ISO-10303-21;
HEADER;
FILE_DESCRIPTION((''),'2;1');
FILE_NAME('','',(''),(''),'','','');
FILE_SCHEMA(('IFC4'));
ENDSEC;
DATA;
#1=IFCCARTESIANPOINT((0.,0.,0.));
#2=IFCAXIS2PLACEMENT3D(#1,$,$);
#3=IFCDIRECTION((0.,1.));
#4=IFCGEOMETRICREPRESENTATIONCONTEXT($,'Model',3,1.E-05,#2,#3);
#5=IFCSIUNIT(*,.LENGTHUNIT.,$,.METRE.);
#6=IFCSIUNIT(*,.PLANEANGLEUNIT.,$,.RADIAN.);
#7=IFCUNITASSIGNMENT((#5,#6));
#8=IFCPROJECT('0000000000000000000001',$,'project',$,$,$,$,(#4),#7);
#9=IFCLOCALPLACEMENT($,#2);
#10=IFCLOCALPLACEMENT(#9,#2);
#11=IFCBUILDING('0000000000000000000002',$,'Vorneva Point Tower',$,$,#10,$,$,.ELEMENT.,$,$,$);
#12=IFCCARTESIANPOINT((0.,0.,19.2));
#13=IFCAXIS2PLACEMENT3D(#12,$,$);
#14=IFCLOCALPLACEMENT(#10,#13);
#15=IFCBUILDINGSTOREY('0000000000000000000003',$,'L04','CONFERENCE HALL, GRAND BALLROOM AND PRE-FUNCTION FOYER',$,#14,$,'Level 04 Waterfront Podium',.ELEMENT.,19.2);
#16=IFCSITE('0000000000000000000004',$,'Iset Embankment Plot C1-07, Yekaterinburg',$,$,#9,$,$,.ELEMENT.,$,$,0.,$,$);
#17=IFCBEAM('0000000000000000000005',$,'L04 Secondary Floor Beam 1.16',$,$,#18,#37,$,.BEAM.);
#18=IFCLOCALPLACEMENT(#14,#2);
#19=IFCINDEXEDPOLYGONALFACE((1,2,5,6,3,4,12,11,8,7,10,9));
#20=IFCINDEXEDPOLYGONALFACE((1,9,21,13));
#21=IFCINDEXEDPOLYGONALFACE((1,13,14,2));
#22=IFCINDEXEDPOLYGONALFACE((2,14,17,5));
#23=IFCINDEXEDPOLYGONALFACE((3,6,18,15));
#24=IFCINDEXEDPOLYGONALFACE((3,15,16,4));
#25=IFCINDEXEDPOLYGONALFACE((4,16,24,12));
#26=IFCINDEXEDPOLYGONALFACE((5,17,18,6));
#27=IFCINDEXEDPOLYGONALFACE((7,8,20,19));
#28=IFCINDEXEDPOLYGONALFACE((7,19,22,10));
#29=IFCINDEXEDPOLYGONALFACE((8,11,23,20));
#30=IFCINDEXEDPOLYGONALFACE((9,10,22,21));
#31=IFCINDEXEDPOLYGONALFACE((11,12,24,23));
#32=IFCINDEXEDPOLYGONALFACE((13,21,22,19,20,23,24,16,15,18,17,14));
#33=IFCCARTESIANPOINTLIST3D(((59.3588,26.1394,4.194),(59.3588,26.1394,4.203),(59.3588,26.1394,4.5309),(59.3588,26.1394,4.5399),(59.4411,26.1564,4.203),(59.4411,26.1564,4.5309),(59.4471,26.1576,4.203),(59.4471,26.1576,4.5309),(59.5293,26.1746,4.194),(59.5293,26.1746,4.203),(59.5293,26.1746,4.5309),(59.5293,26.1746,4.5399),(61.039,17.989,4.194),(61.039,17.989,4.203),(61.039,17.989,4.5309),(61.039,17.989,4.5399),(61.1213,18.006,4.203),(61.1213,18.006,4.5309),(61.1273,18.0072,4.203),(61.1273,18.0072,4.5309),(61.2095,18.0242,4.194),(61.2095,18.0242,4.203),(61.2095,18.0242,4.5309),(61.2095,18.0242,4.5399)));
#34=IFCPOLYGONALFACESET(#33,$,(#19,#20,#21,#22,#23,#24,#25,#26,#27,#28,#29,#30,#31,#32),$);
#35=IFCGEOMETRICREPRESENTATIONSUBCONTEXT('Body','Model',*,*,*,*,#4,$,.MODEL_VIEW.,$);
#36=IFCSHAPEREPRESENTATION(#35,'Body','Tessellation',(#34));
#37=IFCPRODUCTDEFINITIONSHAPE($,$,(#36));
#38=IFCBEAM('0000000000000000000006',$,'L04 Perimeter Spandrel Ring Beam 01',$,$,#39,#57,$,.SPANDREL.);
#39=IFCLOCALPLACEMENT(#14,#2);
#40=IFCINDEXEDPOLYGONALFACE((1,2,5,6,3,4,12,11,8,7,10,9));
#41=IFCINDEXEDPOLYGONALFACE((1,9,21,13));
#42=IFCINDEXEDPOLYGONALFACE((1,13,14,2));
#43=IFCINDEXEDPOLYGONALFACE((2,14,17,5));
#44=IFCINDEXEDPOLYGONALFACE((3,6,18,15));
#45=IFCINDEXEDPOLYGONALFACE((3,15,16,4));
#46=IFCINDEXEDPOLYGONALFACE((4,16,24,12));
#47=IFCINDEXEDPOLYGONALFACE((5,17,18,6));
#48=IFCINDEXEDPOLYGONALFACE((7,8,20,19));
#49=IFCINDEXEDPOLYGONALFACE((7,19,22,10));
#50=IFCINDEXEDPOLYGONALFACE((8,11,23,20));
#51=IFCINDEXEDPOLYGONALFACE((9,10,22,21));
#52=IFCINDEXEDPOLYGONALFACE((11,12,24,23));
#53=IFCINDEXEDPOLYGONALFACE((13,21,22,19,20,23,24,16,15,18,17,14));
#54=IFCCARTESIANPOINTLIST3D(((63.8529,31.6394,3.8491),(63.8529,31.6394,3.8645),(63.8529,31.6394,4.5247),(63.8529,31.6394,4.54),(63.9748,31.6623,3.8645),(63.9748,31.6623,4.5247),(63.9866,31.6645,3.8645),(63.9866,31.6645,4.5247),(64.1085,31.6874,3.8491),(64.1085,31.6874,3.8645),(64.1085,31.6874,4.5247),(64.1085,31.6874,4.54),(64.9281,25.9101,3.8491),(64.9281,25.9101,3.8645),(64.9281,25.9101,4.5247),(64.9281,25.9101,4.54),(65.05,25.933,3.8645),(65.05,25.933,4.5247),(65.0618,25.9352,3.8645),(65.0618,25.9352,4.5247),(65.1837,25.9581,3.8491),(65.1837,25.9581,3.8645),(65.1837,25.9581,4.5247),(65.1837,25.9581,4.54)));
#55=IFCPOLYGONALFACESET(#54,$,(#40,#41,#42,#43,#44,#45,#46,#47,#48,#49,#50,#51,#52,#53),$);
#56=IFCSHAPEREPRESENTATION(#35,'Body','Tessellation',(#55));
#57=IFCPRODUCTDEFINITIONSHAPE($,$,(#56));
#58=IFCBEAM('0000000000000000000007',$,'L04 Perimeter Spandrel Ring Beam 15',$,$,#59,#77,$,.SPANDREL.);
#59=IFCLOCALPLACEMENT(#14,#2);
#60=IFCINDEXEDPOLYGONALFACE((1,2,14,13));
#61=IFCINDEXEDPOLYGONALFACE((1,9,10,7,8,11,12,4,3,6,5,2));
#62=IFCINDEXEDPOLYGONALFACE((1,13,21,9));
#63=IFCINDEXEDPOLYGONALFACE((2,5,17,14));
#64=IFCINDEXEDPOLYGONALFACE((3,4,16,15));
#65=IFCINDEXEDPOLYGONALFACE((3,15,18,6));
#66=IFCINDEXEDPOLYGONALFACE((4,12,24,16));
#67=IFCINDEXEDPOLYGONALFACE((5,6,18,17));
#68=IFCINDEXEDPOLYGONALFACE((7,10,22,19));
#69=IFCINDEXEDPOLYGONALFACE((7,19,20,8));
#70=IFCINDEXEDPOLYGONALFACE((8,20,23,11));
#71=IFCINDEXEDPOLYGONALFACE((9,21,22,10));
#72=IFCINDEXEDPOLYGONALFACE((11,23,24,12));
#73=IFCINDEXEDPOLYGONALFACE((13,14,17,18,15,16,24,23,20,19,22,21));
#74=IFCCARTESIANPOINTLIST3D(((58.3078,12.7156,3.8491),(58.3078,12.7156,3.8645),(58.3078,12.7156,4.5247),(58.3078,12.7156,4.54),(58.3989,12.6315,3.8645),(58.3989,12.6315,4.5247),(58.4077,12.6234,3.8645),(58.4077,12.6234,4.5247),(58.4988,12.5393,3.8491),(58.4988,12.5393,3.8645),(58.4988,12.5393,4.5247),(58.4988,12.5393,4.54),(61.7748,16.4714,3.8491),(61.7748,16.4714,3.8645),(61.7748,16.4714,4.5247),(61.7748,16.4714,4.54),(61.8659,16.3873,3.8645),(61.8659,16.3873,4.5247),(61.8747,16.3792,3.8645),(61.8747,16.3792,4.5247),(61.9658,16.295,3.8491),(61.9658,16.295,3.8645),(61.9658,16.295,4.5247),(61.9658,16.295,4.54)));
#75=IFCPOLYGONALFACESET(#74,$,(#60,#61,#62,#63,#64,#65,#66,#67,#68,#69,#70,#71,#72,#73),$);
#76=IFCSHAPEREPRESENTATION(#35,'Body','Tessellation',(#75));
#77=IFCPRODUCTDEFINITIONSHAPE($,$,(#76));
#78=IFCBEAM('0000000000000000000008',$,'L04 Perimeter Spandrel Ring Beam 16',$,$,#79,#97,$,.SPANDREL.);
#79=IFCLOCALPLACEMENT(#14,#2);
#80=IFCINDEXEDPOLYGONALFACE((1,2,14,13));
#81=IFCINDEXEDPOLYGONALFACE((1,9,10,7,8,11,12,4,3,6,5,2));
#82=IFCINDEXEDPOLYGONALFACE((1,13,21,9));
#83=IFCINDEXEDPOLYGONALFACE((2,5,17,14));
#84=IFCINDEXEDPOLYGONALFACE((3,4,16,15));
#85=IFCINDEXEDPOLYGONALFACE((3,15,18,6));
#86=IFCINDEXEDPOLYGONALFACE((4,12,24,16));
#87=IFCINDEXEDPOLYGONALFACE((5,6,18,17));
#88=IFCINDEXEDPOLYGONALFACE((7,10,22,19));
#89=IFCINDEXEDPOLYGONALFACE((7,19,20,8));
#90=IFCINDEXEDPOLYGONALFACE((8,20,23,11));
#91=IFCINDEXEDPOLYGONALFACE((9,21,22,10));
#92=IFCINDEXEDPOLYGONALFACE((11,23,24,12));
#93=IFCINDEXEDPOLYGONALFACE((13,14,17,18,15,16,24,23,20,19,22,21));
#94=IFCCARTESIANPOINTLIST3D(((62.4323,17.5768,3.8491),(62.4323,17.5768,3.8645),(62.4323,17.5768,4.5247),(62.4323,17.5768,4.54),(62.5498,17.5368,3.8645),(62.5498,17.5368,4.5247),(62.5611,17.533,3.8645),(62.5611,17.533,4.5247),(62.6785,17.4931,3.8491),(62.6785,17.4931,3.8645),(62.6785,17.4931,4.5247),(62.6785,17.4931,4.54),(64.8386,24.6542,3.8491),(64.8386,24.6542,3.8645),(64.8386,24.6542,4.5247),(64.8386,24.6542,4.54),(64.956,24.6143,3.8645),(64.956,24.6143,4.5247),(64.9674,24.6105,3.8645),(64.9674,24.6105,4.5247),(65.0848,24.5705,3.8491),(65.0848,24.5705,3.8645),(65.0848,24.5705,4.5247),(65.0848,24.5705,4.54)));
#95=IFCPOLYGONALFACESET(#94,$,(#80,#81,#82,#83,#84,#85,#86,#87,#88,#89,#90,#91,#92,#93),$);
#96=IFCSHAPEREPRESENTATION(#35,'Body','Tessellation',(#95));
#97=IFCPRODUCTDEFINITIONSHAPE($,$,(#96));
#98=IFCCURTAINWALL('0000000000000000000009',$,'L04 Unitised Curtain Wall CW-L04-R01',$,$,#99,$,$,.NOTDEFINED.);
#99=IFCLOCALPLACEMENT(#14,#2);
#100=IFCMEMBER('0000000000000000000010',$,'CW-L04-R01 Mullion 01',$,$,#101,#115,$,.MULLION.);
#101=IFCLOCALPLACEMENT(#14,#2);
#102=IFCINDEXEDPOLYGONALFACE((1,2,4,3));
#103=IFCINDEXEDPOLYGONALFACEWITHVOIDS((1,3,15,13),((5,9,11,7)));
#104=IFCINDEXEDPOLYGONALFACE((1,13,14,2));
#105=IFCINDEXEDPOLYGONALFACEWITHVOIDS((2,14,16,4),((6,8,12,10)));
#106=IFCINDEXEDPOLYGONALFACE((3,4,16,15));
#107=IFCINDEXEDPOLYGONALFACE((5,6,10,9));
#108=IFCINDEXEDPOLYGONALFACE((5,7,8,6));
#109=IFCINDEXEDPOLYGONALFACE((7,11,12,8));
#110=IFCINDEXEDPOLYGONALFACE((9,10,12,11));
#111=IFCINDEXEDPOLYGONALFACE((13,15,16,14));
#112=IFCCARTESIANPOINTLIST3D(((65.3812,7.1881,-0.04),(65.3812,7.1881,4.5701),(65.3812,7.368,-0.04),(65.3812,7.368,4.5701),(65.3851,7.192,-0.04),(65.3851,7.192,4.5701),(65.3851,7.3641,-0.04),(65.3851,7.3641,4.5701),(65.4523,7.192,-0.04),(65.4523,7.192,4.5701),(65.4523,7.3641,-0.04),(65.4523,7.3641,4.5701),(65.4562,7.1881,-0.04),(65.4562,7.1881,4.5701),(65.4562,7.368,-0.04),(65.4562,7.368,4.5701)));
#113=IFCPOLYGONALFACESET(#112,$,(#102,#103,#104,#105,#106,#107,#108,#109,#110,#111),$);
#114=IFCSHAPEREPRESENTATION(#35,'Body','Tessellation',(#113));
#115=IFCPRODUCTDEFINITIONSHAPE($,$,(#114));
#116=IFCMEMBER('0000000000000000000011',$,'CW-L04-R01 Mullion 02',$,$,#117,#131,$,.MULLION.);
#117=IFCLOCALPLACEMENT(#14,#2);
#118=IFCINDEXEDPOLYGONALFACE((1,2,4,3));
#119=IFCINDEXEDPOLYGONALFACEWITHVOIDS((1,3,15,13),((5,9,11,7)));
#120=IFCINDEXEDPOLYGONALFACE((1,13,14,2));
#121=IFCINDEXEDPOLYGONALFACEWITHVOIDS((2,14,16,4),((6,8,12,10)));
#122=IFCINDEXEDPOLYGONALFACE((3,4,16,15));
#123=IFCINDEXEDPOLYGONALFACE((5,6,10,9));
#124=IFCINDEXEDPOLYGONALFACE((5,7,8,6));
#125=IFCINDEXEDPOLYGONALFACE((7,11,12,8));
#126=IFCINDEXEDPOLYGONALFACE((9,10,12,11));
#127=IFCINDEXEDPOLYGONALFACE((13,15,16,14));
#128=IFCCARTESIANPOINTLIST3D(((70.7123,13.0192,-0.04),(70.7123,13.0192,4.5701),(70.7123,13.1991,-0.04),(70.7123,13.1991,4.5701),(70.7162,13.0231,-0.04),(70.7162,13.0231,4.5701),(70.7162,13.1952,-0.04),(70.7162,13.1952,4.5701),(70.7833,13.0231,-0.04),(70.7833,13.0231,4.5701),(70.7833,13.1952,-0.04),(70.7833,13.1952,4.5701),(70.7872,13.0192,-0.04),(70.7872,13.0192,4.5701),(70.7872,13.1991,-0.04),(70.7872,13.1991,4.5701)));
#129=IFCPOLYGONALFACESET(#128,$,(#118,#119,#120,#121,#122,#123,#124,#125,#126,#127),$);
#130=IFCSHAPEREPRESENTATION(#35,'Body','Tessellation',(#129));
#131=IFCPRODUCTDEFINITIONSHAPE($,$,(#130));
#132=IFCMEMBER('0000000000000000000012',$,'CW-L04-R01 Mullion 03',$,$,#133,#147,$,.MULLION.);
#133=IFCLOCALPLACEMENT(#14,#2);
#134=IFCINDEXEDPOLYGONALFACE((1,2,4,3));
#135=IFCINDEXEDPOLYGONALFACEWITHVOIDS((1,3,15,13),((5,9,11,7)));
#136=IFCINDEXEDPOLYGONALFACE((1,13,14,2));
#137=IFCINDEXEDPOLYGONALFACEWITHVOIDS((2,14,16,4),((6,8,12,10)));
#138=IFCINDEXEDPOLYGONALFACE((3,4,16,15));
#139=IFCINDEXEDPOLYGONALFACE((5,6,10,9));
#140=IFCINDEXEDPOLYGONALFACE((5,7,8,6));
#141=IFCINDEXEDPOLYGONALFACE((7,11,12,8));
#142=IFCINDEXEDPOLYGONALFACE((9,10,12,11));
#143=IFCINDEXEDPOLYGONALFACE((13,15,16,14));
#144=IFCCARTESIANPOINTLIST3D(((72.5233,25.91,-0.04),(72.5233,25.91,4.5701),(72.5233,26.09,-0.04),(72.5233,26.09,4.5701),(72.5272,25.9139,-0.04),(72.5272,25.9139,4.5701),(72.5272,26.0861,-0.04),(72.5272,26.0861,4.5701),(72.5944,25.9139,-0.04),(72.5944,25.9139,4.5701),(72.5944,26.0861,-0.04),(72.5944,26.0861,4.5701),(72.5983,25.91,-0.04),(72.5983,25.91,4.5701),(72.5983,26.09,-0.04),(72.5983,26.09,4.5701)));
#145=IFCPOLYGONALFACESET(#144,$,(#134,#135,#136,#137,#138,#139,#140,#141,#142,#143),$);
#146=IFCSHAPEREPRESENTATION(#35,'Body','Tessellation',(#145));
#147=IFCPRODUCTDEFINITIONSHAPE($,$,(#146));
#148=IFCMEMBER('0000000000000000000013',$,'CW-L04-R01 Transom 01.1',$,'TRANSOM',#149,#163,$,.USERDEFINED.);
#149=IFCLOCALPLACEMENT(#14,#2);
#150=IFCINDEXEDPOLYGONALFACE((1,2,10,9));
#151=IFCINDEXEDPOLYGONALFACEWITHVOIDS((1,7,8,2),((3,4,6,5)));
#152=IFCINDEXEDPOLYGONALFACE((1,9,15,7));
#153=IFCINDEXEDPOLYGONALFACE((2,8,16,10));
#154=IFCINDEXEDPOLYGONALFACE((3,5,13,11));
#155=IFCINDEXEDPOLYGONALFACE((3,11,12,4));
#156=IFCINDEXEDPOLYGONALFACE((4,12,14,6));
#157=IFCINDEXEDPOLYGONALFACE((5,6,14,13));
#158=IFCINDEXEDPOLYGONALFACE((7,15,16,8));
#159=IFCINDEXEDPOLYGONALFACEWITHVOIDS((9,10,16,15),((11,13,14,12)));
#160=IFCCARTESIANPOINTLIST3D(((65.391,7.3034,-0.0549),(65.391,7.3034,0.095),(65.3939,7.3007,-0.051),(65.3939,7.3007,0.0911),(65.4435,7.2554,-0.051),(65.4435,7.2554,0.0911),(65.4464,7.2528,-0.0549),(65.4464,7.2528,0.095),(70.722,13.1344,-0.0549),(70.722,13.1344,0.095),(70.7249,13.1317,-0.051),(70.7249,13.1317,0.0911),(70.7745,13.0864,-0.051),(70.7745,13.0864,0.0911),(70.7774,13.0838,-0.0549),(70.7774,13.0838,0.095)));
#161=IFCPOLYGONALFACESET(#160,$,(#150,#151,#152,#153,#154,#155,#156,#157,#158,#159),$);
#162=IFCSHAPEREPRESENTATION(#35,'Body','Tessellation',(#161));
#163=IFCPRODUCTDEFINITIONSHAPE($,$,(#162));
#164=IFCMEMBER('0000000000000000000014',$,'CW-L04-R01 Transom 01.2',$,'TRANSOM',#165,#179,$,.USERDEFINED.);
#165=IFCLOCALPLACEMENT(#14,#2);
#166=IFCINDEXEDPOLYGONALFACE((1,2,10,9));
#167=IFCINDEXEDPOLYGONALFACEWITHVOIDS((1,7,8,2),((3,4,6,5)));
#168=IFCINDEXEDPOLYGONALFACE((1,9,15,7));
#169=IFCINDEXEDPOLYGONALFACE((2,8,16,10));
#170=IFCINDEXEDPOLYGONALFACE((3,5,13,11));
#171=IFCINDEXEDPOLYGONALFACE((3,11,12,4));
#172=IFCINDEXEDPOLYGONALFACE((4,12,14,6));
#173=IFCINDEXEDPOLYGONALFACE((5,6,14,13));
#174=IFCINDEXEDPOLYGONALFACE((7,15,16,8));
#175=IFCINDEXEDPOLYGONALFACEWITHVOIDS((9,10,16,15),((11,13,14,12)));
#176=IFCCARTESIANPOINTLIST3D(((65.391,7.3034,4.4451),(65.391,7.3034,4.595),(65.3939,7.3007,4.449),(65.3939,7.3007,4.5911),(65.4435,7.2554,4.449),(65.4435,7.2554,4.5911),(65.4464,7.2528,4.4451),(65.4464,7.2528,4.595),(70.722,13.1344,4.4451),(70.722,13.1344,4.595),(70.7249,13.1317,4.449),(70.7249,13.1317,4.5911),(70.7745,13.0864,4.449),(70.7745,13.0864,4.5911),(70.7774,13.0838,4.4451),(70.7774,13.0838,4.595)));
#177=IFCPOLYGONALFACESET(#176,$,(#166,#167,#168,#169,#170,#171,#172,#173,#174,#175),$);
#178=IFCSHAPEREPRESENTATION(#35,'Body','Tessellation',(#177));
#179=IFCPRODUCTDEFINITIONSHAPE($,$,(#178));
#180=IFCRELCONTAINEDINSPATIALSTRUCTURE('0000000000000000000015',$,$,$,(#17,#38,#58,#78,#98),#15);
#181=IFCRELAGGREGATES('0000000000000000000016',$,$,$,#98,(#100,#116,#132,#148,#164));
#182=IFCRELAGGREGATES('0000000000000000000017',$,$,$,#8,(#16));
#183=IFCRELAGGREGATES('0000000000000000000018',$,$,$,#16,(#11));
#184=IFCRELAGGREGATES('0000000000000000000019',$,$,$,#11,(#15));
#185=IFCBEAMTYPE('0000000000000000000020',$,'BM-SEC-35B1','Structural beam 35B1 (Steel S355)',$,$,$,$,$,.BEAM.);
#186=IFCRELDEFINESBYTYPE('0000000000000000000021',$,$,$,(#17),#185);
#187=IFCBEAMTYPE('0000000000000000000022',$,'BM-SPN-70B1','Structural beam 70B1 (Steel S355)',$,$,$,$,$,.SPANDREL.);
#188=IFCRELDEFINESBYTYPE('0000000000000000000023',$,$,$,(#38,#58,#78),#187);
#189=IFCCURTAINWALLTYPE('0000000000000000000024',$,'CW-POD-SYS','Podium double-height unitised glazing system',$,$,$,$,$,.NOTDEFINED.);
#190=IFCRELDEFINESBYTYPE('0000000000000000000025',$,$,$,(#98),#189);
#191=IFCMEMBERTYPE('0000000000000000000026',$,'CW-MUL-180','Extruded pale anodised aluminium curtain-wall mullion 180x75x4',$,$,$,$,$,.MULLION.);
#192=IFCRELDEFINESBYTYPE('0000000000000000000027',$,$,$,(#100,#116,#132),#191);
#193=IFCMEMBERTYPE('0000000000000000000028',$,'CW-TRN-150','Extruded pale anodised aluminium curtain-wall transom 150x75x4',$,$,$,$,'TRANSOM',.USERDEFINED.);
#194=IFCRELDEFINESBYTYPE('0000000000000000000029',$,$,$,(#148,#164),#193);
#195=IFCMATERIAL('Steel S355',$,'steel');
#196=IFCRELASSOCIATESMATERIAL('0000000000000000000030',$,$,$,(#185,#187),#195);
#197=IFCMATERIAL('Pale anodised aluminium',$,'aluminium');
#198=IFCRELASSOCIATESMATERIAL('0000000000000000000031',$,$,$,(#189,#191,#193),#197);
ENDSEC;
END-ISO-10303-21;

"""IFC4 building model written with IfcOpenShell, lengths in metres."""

from ifc_helpers import new_model, si_unit, direction, frame, origin, origin_2d, place, context, subcontext, project, spatial, hollow_rectangle, i_section, extrude, material, material_profile, profile_set, type_object, element, aggregate, save


model = new_model("IFC4")

# Units and contexts
model_context = context("Model", 3, precision=1e-05, world=origin(), true_north=direction((0.0, 1.0)))
body_context = subcontext(model_context, "Body", "Model", "MODEL_VIEW")
ifc_project = project(units=[si_unit("LENGTHUNIT", "METRE"), si_unit("PLANEANGLEUNIT", "RADIAN")], contexts=[model_context])

# Site, building, storey
site_placement = place(None, origin())
site = spatial("IfcSite", under=ifc_project, at=site_placement, Name="Iset Embankment Plot C1-07, Yekaterinburg", CompositionType="ELEMENT", RefElevation=0.0)
building_placement = place(site_placement, origin())
building = spatial("IfcBuilding", under=site, at=building_placement, Name="Vorneva Point Tower", CompositionType="ELEMENT")
storey_placement = place(building_placement, frame((0.0, 0.0, 19.2)))
storey = spatial("IfcBuildingStorey", under=building, at=storey_placement, Name="L04", Description="CONFERENCE HALL, GRAND BALLROOM AND PRE-FUNCTION FOYER", LongName="Level 04 Waterfront Podium", CompositionType="ELEMENT", Elevation=19.2)

# Beams
ifc_material_1 = material(Name="Steel S355", Category="steel")
ifc_material_profile_1 = material_profile(ifc_material_1, i_section(OverallWidth=0.1741, OverallDepth=0.3459, WebThickness=0.0061, FlangeThickness=0.009, at=origin_2d()), Name="35B1")
ifc_profile_set_1 = profile_set([ifc_material_profile_1], Name="Steel S355")
beam_type_1 = type_object("IfcBeamType", Name="BM-SEC-35B1", Description="Structural beam 35B1 (Steel S355)", PredefinedType="BEAM", material=ifc_profile_set_1)
beam_1_placement = place(storey_placement, frame((61.1243, 18.0066, 4.3669), z_axis=(-0.201901, 0.979406, 0.0), x_axis=(-0.979406, -0.201901, 0.0)))
element("IfcBeam", 1, at=beam_1_placement, inside=storey, type_object=beam_type_1, Name="L04 Secondary Floor Beam 1.16", PredefinedType="BEAM", context=body_context, shape_type="SweptSolid", body=[
    extrude(i_section(OverallWidth=0.1741, OverallDepth=0.3459, WebThickness=0.0061, FlangeThickness=0.009, at=origin_2d()), origin(), (0.0, 0.0, 1.0), 8.3218),
])
ifc_material_profile_2 = material_profile(ifc_material_1, i_section(OverallWidth=0.26, OverallDepth=0.6909, WebThickness=0.012, FlangeThickness=0.0154, at=origin_2d()), Name="70B1")
ifc_profile_set_2 = profile_set([ifc_material_profile_2], Name="Steel S355")
beam_type_2 = type_object("IfcBeamType", Name="BM-SPN-70B1", Description="Structural beam 70B1 (Steel S355)", PredefinedType="SPANDREL", material=ifc_profile_set_2)
beam_2_placement = place(storey_placement, frame((65.0559, 25.9341, 4.1946), z_axis=(-0.184448, 0.982842, 0.0), x_axis=(-0.982842, -0.184448, 0.0)))
element("IfcBeam", 2, at=beam_2_placement, inside=storey, type_object=beam_type_2, Name="L04 Perimeter Spandrel Ring Beam 01", PredefinedType="SPANDREL", context=body_context, shape_type="SweptSolid", body=[
    extrude(i_section(OverallWidth=0.26, OverallDepth=0.6909, WebThickness=0.012, FlangeThickness=0.0154, at=origin_2d()), origin(), (0.0, 0.0, 1.0), 5.8293),
])
beam_3_placement = place(storey_placement, frame((58.4033, 12.6274, 4.1946), z_axis=(0.67829, 0.734794, 0.0), x_axis=(-0.734794, 0.67829, 0.0)))
element("IfcBeam", 3, at=beam_3_placement, inside=storey, type_object=beam_type_2, Name="L04 Perimeter Spandrel Ring Beam 15", PredefinedType="SPANDREL", context=body_context, shape_type="SweptSolid", body=[
    extrude(i_section(OverallWidth=0.26, OverallDepth=0.6909, WebThickness=0.012, FlangeThickness=0.0154, at=origin_2d()), origin(), (0.0, 0.0, 1.0), 5.1113),
])
beam_4_placement = place(storey_placement, frame((62.5554, 17.5349, 4.1946), z_axis=(0.321895, 0.946775, 0.0), x_axis=(-0.946775, 0.321895, 0.0)))
element("IfcBeam", 4, at=beam_4_placement, inside=storey, type_object=beam_type_2, Name="L04 Perimeter Spandrel Ring Beam 16", PredefinedType="SPANDREL", context=body_context, shape_type="SweptSolid", body=[
    extrude(i_section(OverallWidth=0.26, OverallDepth=0.6909, WebThickness=0.012, FlangeThickness=0.0154, at=origin_2d()), origin(), (0.0, 0.0, 1.0), 7.4753),
])

# Curtain wall, members
ifc_material_2 = material(Name="Pale anodised aluminium", Category="aluminium")
curtain_wall_type = type_object("IfcCurtainWallType", Name="CW-POD-SYS", Description="Podium double-height unitised glazing system", PredefinedType="NOTDEFINED", material=ifc_material_2)
curtain_wall_placement = place(storey_placement, origin())
curtain_wall = element("IfcCurtainWall", 5, at=curtain_wall_placement, inside=storey, type_object=curtain_wall_type, Name="L04 Unitised Curtain Wall CW-L04-R01", PredefinedType="NOTDEFINED")
ifc_material_profile_3 = material_profile(ifc_material_2, hollow_rectangle(XDim=0.075, YDim=0.1799, WallThickness=0.0039, at=origin_2d()), Name="AL-MUL 180x75x4")
ifc_profile_set_3 = profile_set([ifc_material_profile_3], Name="Pale anodised aluminium")
member_type_1 = type_object("IfcMemberType", Name="CW-MUL-180", Description="Extruded pale anodised aluminium curtain-wall mullion 180x75x4", PredefinedType="MULLION", material=ifc_profile_set_3)
member_1_placement = place(storey_placement, frame((65.4187, 7.2781, -0.04), z_axis=(0.0, 0.0, 1.0), x_axis=(1.0, 0.0, 0.0)))
member_1 = element("IfcMember", 6, at=member_1_placement, type_object=member_type_1, Name="CW-L04-R01 Mullion 01", PredefinedType="MULLION", context=body_context, shape_type="SweptSolid", body=[
    extrude(hollow_rectangle(XDim=0.075, YDim=0.1799, WallThickness=0.0039, at=origin_2d()), origin(), (0.0, 0.0, 1.0), 4.6101),
])
member_2_placement = place(storey_placement, frame((70.7498, 13.1091, -0.04), z_axis=(0.0, 0.0, 1.0), x_axis=(1.0, 0.0, 0.0)))
member_2 = element("IfcMember", 7, at=member_2_placement, type_object=member_type_1, Name="CW-L04-R01 Mullion 02", PredefinedType="MULLION", context=body_context, shape_type="SweptSolid", body=[
    extrude(hollow_rectangle(XDim=0.075, YDim=0.1799, WallThickness=0.0039, at=origin_2d()), origin(), (0.0, 0.0, 1.0), 4.6101),
])
member_3_placement = place(storey_placement, frame((72.5608, 26.0, -0.04), z_axis=(0.0, 0.0, 1.0), x_axis=(1.0, 0.0, 0.0)))
member_3 = element("IfcMember", 8, at=member_3_placement, type_object=member_type_1, Name="CW-L04-R01 Mullion 03", PredefinedType="MULLION", context=body_context, shape_type="SweptSolid", body=[
    extrude(hollow_rectangle(XDim=0.075, YDim=0.1799, WallThickness=0.0039, at=origin_2d()), origin(), (0.0, 0.0, 1.0), 4.6101),
])
ifc_material_profile_4 = material_profile(ifc_material_2, hollow_rectangle(XDim=0.075, YDim=0.1499, WallThickness=0.0039, at=origin_2d()), Name="AL-TRN 150x75x4")
ifc_profile_set_4 = profile_set([ifc_material_profile_4], Name="Pale anodised aluminium")
member_type_2 = type_object("IfcMemberType", Name="CW-TRN-150", Description="Extruded pale anodised aluminium curtain-wall transom 150x75x4", ElementType="TRANSOM", PredefinedType="USERDEFINED", material=ifc_profile_set_4)
member_4_placement = place(storey_placement, frame((65.4187, 7.2781, 0.02), z_axis=(0.674756, 0.738041, 0.0), x_axis=(-0.738041, 0.674756, 0.0)))
member_4 = element("IfcMember", 9, at=member_4_placement, type_object=member_type_2, Name="CW-L04-R01 Transom 01.1", ObjectType="TRANSOM", PredefinedType="USERDEFINED", context=body_context, shape_type="SweptSolid", body=[
    extrude(hollow_rectangle(XDim=0.075, YDim=0.1499, WallThickness=0.0039, at=origin_2d()), origin(), (0.0, 0.0, 1.0), 7.9006),
])
member_5_placement = place(storey_placement, frame((65.4187, 7.2781, 4.52), z_axis=(0.674756, 0.738041, 0.0), x_axis=(-0.738041, 0.674756, 0.0)))
member_5 = element("IfcMember", 10, at=member_5_placement, type_object=member_type_2, Name="CW-L04-R01 Transom 01.2", ObjectType="TRANSOM", PredefinedType="USERDEFINED", context=body_context, shape_type="SweptSolid", body=[
    extrude(hollow_rectangle(XDim=0.075, YDim=0.1499, WallThickness=0.0039, at=origin_2d()), origin(), (0.0, 0.0, 1.0), 7.9006),
])
aggregate(curtain_wall, [member_1, member_2, member_3, member_4, member_5])

save(model, "model.ifc")
